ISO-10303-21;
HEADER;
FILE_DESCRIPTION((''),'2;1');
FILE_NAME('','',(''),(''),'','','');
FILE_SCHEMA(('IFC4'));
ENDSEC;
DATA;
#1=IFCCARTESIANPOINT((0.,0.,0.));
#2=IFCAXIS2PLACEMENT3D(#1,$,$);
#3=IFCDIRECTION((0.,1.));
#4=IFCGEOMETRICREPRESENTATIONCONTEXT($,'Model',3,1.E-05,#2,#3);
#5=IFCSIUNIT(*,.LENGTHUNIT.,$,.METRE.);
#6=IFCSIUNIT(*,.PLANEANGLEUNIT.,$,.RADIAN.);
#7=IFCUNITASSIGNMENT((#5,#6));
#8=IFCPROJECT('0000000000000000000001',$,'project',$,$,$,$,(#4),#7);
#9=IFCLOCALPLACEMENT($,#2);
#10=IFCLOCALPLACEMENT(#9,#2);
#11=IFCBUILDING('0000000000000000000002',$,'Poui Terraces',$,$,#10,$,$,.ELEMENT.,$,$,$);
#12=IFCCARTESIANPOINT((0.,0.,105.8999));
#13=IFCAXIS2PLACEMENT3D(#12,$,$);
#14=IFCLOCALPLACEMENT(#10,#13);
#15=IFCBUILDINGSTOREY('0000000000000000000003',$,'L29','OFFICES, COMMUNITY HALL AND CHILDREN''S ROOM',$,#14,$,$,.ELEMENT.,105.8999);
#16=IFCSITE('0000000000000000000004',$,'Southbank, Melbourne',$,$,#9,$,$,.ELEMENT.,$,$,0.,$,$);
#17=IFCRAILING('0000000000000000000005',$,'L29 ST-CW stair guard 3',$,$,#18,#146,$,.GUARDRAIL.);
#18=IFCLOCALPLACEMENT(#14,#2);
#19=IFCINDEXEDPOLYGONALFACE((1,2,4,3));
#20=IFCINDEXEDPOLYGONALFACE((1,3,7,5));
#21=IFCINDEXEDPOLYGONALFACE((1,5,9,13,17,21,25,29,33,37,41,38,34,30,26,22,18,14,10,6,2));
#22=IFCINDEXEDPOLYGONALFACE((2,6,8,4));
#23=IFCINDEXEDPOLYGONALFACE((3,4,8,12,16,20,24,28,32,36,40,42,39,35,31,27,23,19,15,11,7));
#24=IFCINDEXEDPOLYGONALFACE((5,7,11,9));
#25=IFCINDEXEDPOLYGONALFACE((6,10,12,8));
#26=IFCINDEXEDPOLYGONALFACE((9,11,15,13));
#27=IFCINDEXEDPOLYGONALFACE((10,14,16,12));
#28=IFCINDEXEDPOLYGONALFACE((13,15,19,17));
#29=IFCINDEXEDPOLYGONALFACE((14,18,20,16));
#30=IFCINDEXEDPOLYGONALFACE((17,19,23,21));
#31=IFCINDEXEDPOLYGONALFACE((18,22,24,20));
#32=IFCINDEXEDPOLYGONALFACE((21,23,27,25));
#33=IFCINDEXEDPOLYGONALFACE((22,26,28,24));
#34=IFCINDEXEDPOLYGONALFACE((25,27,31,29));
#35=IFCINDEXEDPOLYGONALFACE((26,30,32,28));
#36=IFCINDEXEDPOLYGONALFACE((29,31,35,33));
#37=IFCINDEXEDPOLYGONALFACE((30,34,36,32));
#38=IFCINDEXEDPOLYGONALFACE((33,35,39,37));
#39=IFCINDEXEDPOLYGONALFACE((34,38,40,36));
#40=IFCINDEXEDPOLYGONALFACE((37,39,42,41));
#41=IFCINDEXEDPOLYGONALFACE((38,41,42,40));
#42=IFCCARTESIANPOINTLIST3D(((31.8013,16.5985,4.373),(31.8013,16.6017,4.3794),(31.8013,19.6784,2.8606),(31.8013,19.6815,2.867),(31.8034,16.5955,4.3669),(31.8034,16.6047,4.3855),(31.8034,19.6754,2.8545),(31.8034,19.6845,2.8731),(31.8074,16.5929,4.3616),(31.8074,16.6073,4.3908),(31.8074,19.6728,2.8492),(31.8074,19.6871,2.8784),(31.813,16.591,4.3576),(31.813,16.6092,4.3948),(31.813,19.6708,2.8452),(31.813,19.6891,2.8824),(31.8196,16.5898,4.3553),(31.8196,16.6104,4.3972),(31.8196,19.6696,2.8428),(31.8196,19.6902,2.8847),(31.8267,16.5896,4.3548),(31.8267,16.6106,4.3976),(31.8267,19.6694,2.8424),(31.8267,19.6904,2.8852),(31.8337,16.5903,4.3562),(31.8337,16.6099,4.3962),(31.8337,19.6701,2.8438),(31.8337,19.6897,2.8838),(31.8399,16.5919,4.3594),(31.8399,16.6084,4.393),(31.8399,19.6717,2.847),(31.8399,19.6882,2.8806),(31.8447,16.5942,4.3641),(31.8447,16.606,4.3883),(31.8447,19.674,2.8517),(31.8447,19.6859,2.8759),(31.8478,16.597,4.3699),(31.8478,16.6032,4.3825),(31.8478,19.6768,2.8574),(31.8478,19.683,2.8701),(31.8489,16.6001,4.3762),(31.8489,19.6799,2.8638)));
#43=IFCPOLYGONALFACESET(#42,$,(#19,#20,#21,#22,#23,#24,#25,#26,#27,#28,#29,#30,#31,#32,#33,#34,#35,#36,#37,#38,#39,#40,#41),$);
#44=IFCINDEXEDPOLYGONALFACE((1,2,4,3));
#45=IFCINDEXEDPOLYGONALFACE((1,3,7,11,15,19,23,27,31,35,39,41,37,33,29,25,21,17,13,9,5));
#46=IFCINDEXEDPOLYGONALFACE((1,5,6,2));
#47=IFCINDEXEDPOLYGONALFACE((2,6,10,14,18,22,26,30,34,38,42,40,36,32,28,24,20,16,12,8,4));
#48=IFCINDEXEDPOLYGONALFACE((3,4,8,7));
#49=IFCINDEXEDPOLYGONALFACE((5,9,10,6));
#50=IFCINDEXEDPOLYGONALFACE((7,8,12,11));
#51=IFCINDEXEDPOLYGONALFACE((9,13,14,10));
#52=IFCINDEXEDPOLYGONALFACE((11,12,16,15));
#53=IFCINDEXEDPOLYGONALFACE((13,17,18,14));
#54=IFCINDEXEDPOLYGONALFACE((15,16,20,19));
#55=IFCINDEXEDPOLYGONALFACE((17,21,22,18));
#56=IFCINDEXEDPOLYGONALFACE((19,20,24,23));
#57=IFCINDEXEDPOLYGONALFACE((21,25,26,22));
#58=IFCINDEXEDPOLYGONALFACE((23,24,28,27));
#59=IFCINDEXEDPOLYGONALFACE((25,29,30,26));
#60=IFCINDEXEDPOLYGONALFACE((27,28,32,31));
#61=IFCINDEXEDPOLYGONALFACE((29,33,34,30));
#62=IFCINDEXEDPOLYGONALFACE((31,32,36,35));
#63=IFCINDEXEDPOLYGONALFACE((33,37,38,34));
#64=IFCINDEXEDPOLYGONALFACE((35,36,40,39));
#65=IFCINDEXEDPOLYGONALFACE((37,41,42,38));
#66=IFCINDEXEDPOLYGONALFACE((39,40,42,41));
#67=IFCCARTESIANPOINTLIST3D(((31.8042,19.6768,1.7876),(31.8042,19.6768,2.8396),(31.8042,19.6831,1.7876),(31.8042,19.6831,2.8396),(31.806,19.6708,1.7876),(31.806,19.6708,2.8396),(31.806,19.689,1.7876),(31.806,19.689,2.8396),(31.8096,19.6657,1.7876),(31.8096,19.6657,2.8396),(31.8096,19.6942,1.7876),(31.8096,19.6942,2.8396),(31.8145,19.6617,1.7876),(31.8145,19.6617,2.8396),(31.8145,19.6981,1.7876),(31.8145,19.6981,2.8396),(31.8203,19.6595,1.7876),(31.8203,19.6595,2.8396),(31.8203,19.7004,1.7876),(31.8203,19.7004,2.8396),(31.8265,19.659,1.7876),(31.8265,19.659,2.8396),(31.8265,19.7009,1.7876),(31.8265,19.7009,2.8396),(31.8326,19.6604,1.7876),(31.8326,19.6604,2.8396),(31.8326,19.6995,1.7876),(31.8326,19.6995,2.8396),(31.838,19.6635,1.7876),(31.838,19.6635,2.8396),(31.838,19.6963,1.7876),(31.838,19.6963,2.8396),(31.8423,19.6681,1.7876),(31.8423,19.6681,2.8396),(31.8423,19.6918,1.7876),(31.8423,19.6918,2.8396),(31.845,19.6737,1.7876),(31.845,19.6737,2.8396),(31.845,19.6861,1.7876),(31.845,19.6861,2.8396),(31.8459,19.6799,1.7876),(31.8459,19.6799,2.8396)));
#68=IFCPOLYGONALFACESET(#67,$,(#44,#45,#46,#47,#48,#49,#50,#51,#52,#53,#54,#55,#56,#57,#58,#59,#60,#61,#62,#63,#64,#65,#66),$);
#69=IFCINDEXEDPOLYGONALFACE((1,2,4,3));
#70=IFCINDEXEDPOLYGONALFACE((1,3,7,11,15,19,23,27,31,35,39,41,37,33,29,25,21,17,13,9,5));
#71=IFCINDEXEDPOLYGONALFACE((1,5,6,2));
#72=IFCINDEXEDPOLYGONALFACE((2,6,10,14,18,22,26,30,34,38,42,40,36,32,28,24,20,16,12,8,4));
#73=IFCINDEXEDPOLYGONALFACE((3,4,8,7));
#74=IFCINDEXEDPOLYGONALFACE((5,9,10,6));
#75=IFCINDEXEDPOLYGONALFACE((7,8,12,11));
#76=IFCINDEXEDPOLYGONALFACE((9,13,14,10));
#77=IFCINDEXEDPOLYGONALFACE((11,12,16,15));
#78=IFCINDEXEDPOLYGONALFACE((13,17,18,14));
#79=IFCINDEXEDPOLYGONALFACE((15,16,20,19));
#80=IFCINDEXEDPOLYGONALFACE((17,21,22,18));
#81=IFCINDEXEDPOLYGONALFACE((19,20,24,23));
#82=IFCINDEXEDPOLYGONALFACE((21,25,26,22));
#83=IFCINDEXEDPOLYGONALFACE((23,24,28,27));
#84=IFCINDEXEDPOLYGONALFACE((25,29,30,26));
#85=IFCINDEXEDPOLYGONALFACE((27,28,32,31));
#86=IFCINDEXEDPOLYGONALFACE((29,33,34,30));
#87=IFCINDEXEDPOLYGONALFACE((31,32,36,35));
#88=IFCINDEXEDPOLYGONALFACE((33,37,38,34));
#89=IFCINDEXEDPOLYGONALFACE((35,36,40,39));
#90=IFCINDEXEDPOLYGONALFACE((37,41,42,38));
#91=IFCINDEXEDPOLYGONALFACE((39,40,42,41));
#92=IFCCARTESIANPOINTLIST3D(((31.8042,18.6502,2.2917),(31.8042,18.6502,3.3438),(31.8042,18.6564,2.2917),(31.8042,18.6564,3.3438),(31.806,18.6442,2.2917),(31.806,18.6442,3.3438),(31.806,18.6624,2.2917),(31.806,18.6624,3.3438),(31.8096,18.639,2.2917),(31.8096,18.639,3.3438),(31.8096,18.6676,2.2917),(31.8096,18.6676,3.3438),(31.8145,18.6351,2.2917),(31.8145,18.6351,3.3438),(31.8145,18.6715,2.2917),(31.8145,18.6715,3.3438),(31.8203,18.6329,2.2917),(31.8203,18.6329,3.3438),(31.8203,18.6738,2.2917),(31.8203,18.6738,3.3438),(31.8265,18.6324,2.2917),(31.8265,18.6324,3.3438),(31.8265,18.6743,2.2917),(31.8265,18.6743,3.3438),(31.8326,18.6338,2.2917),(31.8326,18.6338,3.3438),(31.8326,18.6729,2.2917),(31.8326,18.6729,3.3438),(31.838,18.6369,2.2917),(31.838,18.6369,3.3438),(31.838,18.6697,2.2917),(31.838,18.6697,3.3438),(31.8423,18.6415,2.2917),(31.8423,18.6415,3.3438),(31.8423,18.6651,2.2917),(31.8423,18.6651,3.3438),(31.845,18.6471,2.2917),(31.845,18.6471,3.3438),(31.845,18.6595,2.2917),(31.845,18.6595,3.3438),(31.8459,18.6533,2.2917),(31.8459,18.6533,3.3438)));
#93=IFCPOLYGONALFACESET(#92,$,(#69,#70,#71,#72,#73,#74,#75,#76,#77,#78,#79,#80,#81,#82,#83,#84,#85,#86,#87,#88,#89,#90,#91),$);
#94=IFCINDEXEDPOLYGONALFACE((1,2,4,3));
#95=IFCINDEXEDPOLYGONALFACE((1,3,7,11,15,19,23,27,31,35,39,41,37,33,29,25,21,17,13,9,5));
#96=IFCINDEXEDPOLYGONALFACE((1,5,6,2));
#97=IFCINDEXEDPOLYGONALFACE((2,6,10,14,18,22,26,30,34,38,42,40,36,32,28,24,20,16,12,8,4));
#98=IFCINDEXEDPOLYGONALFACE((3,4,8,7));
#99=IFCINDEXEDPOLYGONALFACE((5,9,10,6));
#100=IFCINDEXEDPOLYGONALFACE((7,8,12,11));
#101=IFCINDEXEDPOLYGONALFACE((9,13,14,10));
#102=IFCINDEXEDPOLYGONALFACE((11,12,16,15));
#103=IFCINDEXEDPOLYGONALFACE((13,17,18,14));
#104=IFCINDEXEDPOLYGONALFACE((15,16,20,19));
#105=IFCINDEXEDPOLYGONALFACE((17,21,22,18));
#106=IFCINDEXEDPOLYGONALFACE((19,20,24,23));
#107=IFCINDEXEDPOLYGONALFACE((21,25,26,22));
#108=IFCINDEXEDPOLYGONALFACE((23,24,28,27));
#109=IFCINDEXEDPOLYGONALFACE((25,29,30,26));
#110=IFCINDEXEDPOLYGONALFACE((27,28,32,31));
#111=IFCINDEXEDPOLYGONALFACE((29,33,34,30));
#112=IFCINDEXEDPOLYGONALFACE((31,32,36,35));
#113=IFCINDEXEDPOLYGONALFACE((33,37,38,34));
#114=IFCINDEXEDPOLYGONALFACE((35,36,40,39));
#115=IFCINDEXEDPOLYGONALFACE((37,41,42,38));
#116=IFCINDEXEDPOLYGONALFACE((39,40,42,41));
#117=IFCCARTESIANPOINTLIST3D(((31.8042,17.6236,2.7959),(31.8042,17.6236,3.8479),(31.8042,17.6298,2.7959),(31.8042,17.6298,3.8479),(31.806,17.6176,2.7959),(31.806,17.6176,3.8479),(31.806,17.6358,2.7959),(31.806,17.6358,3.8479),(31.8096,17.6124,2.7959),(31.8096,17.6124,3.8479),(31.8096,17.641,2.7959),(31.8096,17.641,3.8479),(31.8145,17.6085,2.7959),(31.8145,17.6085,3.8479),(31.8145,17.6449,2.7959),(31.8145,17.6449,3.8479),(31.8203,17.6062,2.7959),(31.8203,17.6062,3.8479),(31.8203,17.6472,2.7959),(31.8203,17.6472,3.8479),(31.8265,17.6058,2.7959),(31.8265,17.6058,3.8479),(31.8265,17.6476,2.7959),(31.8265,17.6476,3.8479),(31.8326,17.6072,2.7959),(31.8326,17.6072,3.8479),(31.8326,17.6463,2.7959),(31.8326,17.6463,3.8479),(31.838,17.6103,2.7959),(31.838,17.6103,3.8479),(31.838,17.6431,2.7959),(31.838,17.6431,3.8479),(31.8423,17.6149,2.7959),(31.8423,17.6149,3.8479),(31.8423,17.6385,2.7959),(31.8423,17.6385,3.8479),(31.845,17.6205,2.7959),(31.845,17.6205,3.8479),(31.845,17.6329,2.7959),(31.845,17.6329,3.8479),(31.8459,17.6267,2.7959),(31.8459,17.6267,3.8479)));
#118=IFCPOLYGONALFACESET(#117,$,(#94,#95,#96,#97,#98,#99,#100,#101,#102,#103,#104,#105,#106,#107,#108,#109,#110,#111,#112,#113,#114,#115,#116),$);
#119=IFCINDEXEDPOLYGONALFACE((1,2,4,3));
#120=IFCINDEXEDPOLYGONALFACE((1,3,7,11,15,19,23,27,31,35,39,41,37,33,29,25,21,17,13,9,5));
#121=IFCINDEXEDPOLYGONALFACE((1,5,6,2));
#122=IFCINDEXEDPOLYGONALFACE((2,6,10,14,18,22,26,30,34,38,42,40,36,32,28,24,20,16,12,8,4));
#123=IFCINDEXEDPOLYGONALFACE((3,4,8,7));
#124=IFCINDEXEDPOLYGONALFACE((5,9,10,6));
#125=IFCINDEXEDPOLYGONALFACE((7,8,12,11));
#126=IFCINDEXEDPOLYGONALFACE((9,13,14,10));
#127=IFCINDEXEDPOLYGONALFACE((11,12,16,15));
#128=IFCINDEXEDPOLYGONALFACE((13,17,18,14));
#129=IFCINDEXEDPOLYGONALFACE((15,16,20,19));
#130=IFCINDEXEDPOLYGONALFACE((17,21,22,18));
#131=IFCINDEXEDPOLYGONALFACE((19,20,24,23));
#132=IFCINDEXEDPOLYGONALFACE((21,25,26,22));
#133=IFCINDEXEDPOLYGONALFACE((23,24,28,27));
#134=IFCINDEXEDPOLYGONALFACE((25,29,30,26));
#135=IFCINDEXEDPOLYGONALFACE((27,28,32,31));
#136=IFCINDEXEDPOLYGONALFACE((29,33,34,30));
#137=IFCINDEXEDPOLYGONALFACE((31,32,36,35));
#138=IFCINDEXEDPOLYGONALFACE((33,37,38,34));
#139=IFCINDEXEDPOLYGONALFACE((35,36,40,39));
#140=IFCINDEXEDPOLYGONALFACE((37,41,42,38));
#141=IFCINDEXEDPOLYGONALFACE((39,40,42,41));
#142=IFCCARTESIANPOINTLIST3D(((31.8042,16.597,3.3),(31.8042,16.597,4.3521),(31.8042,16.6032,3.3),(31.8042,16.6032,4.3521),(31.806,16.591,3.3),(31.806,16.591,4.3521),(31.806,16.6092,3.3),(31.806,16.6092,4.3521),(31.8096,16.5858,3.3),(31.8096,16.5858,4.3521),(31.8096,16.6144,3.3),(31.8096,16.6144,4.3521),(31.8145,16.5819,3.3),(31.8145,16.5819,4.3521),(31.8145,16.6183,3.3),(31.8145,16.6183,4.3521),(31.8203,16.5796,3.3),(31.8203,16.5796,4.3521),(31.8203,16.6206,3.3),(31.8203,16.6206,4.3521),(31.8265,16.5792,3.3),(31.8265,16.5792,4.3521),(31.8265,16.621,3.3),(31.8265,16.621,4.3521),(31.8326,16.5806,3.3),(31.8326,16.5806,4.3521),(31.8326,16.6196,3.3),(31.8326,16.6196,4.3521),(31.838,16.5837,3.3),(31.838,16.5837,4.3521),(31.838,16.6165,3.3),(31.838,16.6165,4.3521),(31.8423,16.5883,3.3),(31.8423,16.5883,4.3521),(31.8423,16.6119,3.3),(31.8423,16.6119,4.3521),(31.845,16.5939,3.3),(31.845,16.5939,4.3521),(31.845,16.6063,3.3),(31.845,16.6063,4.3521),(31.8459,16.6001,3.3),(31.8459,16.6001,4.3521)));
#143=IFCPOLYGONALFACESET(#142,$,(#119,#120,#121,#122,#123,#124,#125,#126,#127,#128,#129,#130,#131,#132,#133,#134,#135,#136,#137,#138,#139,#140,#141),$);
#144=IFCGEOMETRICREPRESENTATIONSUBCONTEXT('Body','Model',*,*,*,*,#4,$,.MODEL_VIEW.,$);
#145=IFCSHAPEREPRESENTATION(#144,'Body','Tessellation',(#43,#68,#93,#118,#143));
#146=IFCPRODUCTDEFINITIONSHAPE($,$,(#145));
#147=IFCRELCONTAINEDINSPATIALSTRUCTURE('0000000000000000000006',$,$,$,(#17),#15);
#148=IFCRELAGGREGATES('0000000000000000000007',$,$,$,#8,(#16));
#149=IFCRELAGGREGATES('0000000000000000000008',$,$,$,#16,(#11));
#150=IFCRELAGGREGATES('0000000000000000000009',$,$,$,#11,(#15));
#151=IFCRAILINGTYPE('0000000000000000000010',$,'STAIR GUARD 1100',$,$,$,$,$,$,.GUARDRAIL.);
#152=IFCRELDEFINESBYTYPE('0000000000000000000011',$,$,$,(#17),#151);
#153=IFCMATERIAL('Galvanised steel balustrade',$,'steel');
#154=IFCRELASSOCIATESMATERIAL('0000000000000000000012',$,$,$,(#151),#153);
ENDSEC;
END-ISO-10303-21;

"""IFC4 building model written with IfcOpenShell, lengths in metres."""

from ifc_helpers import new_model, si_unit, direction, frame, origin, origin_2d, place, context, subcontext, project, spatial, circle, extrude, material, type_object, element, save


model = new_model("IFC4")

# Units and contexts
model_context = context("Model", 3, precision=1e-05, world=origin(), true_north=direction((0.0, 1.0)))
body_context = subcontext(model_context, "Body", "Model", "MODEL_VIEW")
ifc_project = project(units=[si_unit("LENGTHUNIT", "METRE"), si_unit("PLANEANGLEUNIT", "RADIAN")], contexts=[model_context])

# Site, building, storey
site_placement = place(None, origin())
site = spatial("IfcSite", under=ifc_project, at=site_placement, Name="Southbank, Melbourne", CompositionType="ELEMENT", RefElevation=0.0)
building_placement = place(site_placement, origin())
building = spatial("IfcBuilding", under=site, at=building_placement, Name="Poui Terraces", CompositionType="ELEMENT")
storey_placement = place(building_placement, frame((0.0, 0.0, 105.8999)))
storey = spatial("IfcBuildingStorey", under=building, at=storey_placement, Name="L29", Description="OFFICES, COMMUNITY HALL AND CHILDREN'S ROOM", CompositionType="ELEMENT", Elevation=105.8999)

# Railing
ifc_material_1 = material(Name="Galvanised steel balustrade", Category="steel")
railing_type_1 = type_object("IfcRailingType", Name="STAIR GUARD 1100", PredefinedType="GUARDRAIL", material=ifc_material_1)
railing_1_placement = place(storey_placement, frame((31.825, 19.6799, 1.7876)))
element("IfcRailing", 1, at=railing_1_placement, inside=storey, type_object=railing_type_1, Name="L29 ST-CW stair guard 3", PredefinedType="GUARDRAIL", context=body_context, shape_type="SweptSolid", body=[
    extrude(circle(Radius=0.0239, at=origin_2d()), frame((0.0, 0.0, 1.0762), z_axis=(0.0, -0.897606, 0.440798), x_axis=(1.0, 0.0, 0.0)), (0.0, 0.0, 1.0), 3.4312),
    extrude(circle(Radius=0.021, at=origin_2d()), origin(), (0.0, 0.0, 1.0), 1.052),
    extrude(circle(Radius=0.021, at=origin_2d()), frame((0.0, -1.0266, 0.5042)), (0.0, 0.0, 1.0), 1.052),
    extrude(circle(Radius=0.021, at=origin_2d()), frame((0.0, -2.0532, 1.0083)), (0.0, 0.0, 1.0), 1.052),
    extrude(circle(Radius=0.021, at=origin_2d()), frame((0.0, -3.0798, 1.5125)), (0.0, 0.0, 1.0), 1.052),
])

save(model, "model.ifc")
